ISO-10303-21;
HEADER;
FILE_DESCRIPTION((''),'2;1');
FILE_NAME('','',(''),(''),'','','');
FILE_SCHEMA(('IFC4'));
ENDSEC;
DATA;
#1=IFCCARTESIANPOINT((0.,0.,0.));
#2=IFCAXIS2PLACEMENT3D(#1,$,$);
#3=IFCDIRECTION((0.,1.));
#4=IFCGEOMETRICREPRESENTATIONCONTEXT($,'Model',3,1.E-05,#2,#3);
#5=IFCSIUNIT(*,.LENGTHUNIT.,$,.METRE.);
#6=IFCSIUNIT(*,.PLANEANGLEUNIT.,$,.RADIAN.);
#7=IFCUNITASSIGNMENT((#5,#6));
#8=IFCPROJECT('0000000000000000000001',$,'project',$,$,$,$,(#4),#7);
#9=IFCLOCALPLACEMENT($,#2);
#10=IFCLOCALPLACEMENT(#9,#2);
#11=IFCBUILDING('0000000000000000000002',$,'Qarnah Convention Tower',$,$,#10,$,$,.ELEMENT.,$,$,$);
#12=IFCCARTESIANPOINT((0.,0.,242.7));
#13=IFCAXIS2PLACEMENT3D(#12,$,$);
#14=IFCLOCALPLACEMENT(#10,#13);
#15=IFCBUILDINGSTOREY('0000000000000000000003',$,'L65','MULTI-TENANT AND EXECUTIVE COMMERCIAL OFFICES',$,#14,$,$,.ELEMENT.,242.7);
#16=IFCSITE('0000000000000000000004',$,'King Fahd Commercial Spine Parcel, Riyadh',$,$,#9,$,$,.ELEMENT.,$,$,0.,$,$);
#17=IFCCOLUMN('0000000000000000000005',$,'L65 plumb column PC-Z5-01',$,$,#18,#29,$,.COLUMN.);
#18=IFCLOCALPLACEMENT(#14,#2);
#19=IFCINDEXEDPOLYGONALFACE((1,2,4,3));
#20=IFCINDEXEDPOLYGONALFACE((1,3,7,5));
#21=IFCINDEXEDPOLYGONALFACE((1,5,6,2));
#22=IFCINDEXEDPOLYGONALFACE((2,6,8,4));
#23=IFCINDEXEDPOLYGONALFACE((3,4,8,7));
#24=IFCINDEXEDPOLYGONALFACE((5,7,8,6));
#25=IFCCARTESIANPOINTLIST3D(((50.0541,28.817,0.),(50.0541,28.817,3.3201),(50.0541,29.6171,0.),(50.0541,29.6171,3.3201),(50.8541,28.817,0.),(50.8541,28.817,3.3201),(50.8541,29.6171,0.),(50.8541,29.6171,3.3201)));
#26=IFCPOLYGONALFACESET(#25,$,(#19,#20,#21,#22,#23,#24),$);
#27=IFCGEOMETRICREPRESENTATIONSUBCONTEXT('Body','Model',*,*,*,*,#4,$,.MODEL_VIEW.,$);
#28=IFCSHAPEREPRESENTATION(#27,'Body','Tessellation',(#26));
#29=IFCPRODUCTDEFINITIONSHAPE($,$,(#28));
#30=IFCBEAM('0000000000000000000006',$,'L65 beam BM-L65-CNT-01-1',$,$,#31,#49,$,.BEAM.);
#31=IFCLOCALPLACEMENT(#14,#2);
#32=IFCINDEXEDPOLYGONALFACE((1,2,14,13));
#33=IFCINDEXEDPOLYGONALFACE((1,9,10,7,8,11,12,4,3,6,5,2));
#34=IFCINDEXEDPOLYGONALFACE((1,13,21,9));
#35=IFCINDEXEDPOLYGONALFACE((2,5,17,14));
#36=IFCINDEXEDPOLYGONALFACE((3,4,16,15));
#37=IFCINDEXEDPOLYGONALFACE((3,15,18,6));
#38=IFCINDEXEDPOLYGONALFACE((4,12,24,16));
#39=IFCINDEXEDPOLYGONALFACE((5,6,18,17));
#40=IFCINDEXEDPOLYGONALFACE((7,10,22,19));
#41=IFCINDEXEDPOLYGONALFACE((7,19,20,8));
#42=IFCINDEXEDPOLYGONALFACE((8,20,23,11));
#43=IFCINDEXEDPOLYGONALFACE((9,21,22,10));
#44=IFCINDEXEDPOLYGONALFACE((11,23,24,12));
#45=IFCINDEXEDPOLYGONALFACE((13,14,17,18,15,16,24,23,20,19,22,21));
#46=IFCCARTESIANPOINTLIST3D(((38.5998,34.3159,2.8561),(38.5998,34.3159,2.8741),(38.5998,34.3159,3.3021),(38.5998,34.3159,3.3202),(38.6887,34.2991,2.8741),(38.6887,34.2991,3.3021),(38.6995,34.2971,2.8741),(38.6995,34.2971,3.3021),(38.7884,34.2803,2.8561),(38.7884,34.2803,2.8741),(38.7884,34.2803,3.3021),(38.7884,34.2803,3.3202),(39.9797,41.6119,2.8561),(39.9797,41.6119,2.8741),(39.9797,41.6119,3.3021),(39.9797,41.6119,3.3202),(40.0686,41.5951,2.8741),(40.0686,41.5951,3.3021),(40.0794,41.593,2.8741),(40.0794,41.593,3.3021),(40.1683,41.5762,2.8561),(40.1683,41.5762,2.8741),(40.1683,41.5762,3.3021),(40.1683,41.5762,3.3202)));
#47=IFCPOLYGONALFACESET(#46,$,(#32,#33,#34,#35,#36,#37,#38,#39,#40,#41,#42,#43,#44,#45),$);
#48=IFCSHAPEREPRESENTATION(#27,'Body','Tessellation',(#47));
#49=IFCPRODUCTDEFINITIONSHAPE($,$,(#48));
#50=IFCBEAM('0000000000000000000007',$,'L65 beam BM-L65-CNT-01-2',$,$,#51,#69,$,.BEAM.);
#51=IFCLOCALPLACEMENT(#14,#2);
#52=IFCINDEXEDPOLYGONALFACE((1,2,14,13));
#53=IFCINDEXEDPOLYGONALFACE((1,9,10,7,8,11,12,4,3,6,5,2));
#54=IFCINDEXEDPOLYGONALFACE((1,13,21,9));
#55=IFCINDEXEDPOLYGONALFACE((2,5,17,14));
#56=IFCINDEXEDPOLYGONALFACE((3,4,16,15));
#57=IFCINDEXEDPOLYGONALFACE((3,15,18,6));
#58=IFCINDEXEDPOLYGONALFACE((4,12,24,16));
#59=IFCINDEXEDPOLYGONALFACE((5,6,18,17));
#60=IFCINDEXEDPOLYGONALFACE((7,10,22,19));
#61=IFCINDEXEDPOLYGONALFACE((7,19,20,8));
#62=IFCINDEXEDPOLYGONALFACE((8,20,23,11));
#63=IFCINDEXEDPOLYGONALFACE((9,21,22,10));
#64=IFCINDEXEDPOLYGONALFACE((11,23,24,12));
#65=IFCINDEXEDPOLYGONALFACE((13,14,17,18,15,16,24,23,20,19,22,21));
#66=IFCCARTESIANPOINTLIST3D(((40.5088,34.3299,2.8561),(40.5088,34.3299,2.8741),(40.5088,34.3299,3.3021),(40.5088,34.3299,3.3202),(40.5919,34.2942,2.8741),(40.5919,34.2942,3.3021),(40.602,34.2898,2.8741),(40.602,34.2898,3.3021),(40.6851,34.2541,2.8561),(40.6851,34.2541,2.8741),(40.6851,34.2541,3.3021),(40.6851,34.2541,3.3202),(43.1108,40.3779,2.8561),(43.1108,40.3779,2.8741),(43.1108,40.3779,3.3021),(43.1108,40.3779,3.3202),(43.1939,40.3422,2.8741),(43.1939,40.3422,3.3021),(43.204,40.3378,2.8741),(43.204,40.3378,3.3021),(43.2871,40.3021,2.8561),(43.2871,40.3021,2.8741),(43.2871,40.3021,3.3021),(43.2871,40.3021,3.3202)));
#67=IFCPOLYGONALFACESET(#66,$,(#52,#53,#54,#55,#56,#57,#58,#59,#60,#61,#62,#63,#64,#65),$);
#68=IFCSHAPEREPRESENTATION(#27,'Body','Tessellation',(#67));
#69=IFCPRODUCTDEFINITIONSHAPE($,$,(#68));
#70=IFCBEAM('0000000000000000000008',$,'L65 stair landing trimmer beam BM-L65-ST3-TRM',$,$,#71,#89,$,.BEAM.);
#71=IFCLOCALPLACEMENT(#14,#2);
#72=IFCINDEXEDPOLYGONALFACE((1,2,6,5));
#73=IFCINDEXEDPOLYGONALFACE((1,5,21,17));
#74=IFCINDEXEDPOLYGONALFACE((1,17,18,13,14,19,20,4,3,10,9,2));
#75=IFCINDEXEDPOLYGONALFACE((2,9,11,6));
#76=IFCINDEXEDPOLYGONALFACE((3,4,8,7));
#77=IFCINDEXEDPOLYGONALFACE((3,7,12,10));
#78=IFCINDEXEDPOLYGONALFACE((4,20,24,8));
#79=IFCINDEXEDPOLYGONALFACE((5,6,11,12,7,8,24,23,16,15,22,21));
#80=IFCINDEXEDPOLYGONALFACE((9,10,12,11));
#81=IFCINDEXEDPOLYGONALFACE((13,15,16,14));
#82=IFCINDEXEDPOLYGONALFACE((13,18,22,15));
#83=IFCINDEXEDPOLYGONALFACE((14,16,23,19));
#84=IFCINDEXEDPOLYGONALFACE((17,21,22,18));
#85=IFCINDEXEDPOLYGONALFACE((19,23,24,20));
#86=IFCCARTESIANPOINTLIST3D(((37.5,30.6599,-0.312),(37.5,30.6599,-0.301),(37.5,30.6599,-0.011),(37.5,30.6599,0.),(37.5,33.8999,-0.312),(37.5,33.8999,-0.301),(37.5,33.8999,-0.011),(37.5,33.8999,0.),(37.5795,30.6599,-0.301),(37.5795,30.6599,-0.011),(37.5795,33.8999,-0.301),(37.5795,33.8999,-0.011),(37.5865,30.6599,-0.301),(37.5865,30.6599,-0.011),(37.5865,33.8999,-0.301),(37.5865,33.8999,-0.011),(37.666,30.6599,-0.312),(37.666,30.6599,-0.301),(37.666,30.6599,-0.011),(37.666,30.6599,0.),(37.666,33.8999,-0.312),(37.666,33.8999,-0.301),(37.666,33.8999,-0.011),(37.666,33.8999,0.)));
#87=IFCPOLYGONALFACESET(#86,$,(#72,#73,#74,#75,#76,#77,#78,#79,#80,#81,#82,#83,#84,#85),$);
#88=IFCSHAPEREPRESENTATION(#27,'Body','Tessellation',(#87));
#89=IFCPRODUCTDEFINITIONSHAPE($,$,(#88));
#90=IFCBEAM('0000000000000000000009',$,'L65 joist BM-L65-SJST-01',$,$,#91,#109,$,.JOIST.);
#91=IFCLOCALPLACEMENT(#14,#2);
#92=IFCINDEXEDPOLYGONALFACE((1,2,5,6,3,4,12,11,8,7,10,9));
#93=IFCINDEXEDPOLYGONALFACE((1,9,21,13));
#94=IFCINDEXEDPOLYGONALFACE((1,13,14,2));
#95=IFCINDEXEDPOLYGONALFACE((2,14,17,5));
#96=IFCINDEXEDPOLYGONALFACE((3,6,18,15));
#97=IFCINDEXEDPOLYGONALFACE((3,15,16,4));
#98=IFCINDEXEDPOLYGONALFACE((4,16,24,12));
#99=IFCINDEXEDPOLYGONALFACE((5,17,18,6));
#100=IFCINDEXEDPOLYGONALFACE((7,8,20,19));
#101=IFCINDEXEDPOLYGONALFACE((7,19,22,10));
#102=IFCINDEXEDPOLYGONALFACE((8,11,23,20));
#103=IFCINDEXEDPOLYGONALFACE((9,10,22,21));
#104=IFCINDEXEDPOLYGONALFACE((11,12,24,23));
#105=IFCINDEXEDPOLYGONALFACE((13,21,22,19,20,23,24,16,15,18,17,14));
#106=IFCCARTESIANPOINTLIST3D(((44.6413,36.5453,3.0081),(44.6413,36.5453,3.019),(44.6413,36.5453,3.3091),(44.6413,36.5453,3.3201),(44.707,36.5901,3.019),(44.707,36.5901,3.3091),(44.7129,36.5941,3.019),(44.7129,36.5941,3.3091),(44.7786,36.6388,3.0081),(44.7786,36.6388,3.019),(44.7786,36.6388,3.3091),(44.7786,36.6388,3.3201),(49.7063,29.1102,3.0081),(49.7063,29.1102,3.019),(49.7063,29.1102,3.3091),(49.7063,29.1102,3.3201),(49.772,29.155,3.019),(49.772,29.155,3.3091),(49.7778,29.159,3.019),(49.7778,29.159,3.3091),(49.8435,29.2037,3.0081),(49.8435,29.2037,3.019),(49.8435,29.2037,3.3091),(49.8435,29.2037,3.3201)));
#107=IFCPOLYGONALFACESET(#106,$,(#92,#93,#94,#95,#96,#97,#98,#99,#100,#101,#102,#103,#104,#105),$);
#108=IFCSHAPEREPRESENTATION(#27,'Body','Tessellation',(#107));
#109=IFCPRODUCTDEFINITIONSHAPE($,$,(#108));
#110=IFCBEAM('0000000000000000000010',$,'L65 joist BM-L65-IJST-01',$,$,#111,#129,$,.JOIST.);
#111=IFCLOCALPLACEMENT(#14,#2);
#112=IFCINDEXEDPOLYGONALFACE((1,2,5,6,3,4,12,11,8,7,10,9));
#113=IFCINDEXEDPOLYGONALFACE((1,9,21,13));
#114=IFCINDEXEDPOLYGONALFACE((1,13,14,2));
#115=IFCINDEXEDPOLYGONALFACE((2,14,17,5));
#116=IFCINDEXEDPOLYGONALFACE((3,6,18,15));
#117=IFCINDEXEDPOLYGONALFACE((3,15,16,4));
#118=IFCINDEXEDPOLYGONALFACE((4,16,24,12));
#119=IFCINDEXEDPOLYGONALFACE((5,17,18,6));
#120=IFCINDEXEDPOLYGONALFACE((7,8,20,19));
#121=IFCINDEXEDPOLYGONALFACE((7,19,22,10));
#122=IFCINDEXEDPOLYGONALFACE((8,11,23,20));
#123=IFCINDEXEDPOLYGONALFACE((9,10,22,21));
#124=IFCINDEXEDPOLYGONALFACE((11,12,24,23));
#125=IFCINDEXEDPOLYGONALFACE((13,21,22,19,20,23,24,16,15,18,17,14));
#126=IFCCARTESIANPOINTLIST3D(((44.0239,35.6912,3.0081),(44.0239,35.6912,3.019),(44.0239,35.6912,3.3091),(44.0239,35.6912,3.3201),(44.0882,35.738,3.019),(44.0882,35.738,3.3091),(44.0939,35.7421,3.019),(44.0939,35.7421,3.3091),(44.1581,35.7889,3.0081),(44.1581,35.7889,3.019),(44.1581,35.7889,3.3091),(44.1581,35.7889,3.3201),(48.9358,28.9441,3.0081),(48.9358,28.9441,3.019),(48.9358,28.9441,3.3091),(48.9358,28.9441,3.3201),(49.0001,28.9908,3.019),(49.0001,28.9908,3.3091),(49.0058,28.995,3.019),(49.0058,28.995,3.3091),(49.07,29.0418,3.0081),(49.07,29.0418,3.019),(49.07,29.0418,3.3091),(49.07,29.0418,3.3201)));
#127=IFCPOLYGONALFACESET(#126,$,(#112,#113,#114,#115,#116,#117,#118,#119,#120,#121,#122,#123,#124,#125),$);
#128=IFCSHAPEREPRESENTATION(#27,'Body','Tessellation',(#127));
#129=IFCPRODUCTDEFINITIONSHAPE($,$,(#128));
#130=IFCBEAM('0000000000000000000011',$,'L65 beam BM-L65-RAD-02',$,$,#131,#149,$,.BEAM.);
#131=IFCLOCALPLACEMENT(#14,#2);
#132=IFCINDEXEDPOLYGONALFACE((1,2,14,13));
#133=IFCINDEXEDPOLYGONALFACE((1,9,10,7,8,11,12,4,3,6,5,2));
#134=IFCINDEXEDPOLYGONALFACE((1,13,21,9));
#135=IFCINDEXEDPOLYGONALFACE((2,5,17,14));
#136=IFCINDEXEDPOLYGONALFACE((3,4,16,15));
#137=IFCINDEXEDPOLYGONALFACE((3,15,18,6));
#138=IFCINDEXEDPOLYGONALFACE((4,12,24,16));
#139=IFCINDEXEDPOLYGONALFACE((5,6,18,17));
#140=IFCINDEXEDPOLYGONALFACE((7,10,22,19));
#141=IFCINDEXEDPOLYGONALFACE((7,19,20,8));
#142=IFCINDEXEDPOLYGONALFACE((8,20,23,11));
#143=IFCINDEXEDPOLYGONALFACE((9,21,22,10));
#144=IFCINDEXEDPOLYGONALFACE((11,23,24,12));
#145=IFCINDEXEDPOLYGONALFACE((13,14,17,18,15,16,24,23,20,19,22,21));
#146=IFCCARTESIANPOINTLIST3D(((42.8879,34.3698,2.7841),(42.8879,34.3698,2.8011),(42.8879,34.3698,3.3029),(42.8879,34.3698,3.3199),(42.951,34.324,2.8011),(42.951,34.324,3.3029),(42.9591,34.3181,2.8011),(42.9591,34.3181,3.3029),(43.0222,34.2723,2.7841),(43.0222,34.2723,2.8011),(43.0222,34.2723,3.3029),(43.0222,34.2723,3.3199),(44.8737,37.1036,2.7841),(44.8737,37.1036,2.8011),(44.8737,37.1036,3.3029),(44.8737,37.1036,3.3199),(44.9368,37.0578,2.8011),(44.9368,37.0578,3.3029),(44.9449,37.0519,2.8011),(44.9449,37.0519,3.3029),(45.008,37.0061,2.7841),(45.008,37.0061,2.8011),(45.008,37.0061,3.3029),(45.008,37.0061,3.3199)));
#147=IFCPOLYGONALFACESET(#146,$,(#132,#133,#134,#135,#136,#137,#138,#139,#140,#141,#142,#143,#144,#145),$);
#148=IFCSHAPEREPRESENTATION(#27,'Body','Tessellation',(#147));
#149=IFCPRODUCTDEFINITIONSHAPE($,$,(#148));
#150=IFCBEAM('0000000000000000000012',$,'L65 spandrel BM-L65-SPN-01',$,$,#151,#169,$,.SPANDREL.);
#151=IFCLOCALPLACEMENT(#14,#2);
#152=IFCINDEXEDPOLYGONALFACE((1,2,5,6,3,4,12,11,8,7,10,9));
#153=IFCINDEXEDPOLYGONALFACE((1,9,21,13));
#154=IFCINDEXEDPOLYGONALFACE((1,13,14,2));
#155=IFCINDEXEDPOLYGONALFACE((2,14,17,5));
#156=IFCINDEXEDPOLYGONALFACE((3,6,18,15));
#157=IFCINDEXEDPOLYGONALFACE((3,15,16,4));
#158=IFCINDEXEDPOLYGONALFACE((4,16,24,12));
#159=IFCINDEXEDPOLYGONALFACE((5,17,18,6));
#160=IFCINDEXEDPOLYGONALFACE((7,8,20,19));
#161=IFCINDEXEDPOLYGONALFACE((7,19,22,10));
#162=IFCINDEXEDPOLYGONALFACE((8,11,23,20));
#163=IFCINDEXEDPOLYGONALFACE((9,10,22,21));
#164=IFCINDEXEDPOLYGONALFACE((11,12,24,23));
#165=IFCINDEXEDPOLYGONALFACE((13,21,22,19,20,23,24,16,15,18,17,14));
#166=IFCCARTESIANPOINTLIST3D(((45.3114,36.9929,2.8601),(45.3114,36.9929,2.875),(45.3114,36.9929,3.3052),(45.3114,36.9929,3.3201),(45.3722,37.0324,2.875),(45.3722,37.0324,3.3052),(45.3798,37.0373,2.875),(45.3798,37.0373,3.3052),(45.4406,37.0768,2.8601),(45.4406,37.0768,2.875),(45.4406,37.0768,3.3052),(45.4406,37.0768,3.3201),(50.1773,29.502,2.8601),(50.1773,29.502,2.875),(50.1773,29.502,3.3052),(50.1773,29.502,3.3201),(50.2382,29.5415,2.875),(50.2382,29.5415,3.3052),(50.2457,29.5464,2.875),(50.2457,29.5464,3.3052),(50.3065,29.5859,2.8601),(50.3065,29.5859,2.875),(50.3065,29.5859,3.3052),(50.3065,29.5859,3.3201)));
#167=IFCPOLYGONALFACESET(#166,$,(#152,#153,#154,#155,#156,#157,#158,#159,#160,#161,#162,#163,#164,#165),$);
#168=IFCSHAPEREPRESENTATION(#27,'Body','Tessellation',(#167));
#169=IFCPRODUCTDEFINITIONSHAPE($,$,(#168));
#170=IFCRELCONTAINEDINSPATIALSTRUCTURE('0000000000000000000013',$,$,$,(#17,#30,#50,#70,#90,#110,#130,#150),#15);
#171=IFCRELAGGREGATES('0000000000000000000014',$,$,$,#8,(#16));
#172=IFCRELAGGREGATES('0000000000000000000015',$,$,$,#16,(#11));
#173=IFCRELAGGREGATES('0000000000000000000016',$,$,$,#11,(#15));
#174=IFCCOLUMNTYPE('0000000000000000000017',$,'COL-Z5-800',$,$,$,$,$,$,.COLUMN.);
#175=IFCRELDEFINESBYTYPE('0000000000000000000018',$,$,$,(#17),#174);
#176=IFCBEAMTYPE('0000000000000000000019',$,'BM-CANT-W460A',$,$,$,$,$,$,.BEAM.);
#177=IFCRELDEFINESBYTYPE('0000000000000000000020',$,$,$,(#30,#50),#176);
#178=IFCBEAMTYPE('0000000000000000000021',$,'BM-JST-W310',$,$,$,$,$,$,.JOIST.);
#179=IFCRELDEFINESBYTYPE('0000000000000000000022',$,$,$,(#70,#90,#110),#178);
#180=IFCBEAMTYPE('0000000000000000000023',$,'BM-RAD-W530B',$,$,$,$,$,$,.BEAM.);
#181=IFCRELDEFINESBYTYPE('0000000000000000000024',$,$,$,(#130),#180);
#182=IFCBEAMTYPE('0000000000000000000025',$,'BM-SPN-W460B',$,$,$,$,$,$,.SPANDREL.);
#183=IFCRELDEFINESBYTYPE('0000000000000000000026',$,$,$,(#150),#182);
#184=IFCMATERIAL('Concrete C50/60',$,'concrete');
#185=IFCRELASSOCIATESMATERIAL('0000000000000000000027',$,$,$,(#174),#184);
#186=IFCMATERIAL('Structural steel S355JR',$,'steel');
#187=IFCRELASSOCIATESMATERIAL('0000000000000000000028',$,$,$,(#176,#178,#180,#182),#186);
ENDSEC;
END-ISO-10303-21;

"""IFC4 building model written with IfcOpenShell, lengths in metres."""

from ifc_helpers import new_model, si_unit, direction, frame, origin, origin_2d, place, context, subcontext, project, spatial, rectangle, i_section, extrude, material, material_profile, profile_set, type_object, element, save


model = new_model("IFC4")

# Units and contexts
model_context = context("Model", 3, precision=1e-05, world=origin(), true_north=direction((0.0, 1.0)))
body_context = subcontext(model_context, "Body", "Model", "MODEL_VIEW")
ifc_project = project(units=[si_unit("LENGTHUNIT", "METRE"), si_unit("PLANEANGLEUNIT", "RADIAN")], contexts=[model_context])

# Site, building, storey
site_placement = place(None, origin())
site = spatial("IfcSite", under=ifc_project, at=site_placement, Name="King Fahd Commercial Spine Parcel, Riyadh", CompositionType="ELEMENT", RefElevation=0.0)
building_placement = place(site_placement, origin())
building = spatial("IfcBuilding", under=site, at=building_placement, Name="Qarnah Convention Tower", CompositionType="ELEMENT")
storey_placement = place(building_placement, frame((0.0, 0.0, 242.7)))
storey = spatial("IfcBuildingStorey", under=building, at=storey_placement, Name="L65", Description="MULTI-TENANT AND EXECUTIVE COMMERCIAL OFFICES", CompositionType="ELEMENT", Elevation=242.7)

# Column
ifc_material_1 = material(Name="Concrete C50/60", Category="concrete")
ifc_material_profile_1 = material_profile(ifc_material_1, rectangle(XDim=0.8, YDim=0.8, at=origin_2d()), Name="RC-COL-800X800")
ifc_profile_set_1 = profile_set([ifc_material_profile_1], Name="Concrete C50/60")
column_type = type_object("IfcColumnType", Name="COL-Z5-800", PredefinedType="COLUMN", material=ifc_profile_set_1)
column_placement = place(storey_placement, frame((50.4541, 29.217, 0.0), z_axis=(0.0, 0.0, 1.0), x_axis=(1.0, 0.0, 0.0)))
element("IfcColumn", 1, at=column_placement, inside=storey, type_object=column_type, Name="L65 plumb column PC-Z5-01", PredefinedType="COLUMN", context=body_context, shape_type="SweptSolid", body=[
    extrude(rectangle(XDim=0.8, YDim=0.8, at=origin_2d()), origin(), (0.0, 0.0, 1.0), 3.3201),
])

# Beams
ifc_material_2 = material(Name="Structural steel S355JR", Category="steel")
ifc_material_profile_2 = material_profile(ifc_material_2, i_section(OverallWidth=0.1919, OverallDepth=0.4641, WebThickness=0.011, FlangeThickness=0.0181, at=origin_2d()), Name="W460X89")
ifc_profile_set_2 = profile_set([ifc_material_profile_2], Name="Structural steel S355JR")
beam_type_1 = type_object("IfcBeamType", Name="BM-CANT-W460A", PredefinedType="BEAM", material=ifc_profile_set_2)
beam_1_placement = place(storey_placement, frame((38.6941, 34.2981, 3.0881), z_axis=(0.185837, 0.982581, 0.0), x_axis=(-0.982581, 0.185837, 0.0)))
element("IfcBeam", 2, at=beam_1_placement, inside=storey, type_object=beam_type_1, Name="L65 beam BM-L65-CNT-01-1", PredefinedType="BEAM", context=body_context, shape_type="SweptSolid", body=[
    extrude(i_section(OverallWidth=0.1919, OverallDepth=0.4641, WebThickness=0.011, FlangeThickness=0.0181, at=origin_2d()), origin(), (0.0, 0.0, 1.0), 7.4253),
])
beam_2_placement = place(storey_placement, frame((40.5969, 34.292, 3.0881), z_axis=(0.395203, 0.918594, 0.0), x_axis=(-0.918594, 0.395203, 0.0)))
element("IfcBeam", 3, at=beam_2_placement, inside=storey, type_object=beam_type_1, Name="L65 beam BM-L65-CNT-01-2", PredefinedType="BEAM", context=body_context, shape_type="SweptSolid", body=[
    extrude(i_section(OverallWidth=0.1919, OverallDepth=0.4641, WebThickness=0.011, FlangeThickness=0.0181, at=origin_2d()), origin(), (0.0, 0.0, 1.0), 6.584),
])
ifc_material_profile_3 = material_profile(ifc_material_2, i_section(OverallWidth=0.166, OverallDepth=0.312, WebThickness=0.0071, FlangeThickness=0.011, at=origin_2d()), Name="W310X45")
ifc_profile_set_3 = profile_set([ifc_material_profile_3], Name="Structural steel S355JR")
beam_type_2 = type_object("IfcBeamType", Name="BM-JST-W310", PredefinedType="JOIST", material=ifc_profile_set_3)
beam_3_placement = place(storey_placement, frame((37.583, 30.6599, -0.156), z_axis=(0.0, 1.0, 0.0), x_axis=(-1.0, 0.0, 0.0)))
element("IfcBeam", 4, at=beam_3_placement, inside=storey, type_object=beam_type_2, Name="L65 stair landing trimmer beam BM-L65-ST3-TRM", PredefinedType="BEAM", context=body_context, shape_type="SweptSolid", body=[
    extrude(i_section(OverallWidth=0.166, OverallDepth=0.312, WebThickness=0.0071, FlangeThickness=0.011, at=origin_2d()), origin(), (0.0, 0.0, 1.0), 3.24),
])
beam_4_placement = place(storey_placement, frame((49.7749, 29.157, 3.1641), z_axis=(-0.563002, 0.826456, 0.0), x_axis=(-0.826456, -0.563002, 0.0)))
element("IfcBeam", 5, at=beam_4_placement, inside=storey, type_object=beam_type_2, Name="L65 joist BM-L65-SJST-01", PredefinedType="JOIST", context=body_context, shape_type="SweptSolid", body=[
    extrude(i_section(OverallWidth=0.166, OverallDepth=0.312, WebThickness=0.0071, FlangeThickness=0.011, at=origin_2d()), origin(), (0.0, 0.0, 1.0), 8.9963),
])
beam_5_placement = place(storey_placement, frame((49.0029, 28.9929, 3.1641), z_axis=(-0.588556, 0.808456, 0.0), x_axis=(-0.808456, -0.588556, 0.0)))
element("IfcBeam", 6, at=beam_5_placement, inside=storey, type_object=beam_type_2, Name="L65 joist BM-L65-IJST-01", PredefinedType="JOIST", context=body_context, shape_type="SweptSolid", body=[
    extrude(i_section(OverallWidth=0.166, OverallDepth=0.312, WebThickness=0.0071, FlangeThickness=0.011, at=origin_2d()), origin(), (0.0, 0.0, 1.0), 8.3457),
])
ifc_material_profile_4 = material_profile(ifc_material_2, i_section(OverallWidth=0.166, OverallDepth=0.5359, WebThickness=0.01, FlangeThickness=0.0171, at=origin_2d()), Name="W530X85")
ifc_profile_set_4 = profile_set([ifc_material_profile_4], Name="Structural steel S355JR")
beam_type_3 = type_object("IfcBeamType", Name="BM-RAD-W530B", PredefinedType="BEAM", material=ifc_profile_set_4)
beam_6_placement = place(storey_placement, frame((42.9551, 34.321, 3.052), z_axis=(0.587699, 0.80908, 0.0), x_axis=(-0.80908, 0.587699, 0.0)))
element("IfcBeam", 7, at=beam_6_placement, inside=storey, type_object=beam_type_3, Name="L65 beam BM-L65-RAD-02", PredefinedType="BEAM", context=body_context, shape_type="SweptSolid", body=[
    extrude(i_section(OverallWidth=0.166, OverallDepth=0.5359, WebThickness=0.01, FlangeThickness=0.0171, at=origin_2d()), origin(), (0.0, 0.0, 1.0), 3.3789),
])
ifc_material_profile_5 = material_profile(ifc_material_2, i_section(OverallWidth=0.1541, OverallDepth=0.46, WebThickness=0.009, FlangeThickness=0.0149, at=origin_2d()), Name="W460X68")
ifc_profile_set_5 = profile_set([ifc_material_profile_5], Name="Structural steel S355JR")
beam_type_4 = type_object("IfcBeamType", Name="BM-SPN-W460B", PredefinedType="SPANDREL", material=ifc_profile_set_5)
beam_7_placement = place(storey_placement, frame((50.2419, 29.5439, 3.0901), z_axis=(-0.54474, 0.838605, 0.0), x_axis=(-0.838605, -0.54474, 0.0)))
element("IfcBeam", 8, at=beam_7_placement, inside=storey, type_object=beam_type_4, Name="L65 spandrel BM-L65-SPN-01", PredefinedType="SPANDREL", context=body_context, shape_type="SweptSolid", body=[
    extrude(i_section(OverallWidth=0.1541, OverallDepth=0.46, WebThickness=0.009, FlangeThickness=0.0149, at=origin_2d()), origin(), (0.0, 0.0, 1.0), 8.9326),
])

save(model, "model.ifc")
